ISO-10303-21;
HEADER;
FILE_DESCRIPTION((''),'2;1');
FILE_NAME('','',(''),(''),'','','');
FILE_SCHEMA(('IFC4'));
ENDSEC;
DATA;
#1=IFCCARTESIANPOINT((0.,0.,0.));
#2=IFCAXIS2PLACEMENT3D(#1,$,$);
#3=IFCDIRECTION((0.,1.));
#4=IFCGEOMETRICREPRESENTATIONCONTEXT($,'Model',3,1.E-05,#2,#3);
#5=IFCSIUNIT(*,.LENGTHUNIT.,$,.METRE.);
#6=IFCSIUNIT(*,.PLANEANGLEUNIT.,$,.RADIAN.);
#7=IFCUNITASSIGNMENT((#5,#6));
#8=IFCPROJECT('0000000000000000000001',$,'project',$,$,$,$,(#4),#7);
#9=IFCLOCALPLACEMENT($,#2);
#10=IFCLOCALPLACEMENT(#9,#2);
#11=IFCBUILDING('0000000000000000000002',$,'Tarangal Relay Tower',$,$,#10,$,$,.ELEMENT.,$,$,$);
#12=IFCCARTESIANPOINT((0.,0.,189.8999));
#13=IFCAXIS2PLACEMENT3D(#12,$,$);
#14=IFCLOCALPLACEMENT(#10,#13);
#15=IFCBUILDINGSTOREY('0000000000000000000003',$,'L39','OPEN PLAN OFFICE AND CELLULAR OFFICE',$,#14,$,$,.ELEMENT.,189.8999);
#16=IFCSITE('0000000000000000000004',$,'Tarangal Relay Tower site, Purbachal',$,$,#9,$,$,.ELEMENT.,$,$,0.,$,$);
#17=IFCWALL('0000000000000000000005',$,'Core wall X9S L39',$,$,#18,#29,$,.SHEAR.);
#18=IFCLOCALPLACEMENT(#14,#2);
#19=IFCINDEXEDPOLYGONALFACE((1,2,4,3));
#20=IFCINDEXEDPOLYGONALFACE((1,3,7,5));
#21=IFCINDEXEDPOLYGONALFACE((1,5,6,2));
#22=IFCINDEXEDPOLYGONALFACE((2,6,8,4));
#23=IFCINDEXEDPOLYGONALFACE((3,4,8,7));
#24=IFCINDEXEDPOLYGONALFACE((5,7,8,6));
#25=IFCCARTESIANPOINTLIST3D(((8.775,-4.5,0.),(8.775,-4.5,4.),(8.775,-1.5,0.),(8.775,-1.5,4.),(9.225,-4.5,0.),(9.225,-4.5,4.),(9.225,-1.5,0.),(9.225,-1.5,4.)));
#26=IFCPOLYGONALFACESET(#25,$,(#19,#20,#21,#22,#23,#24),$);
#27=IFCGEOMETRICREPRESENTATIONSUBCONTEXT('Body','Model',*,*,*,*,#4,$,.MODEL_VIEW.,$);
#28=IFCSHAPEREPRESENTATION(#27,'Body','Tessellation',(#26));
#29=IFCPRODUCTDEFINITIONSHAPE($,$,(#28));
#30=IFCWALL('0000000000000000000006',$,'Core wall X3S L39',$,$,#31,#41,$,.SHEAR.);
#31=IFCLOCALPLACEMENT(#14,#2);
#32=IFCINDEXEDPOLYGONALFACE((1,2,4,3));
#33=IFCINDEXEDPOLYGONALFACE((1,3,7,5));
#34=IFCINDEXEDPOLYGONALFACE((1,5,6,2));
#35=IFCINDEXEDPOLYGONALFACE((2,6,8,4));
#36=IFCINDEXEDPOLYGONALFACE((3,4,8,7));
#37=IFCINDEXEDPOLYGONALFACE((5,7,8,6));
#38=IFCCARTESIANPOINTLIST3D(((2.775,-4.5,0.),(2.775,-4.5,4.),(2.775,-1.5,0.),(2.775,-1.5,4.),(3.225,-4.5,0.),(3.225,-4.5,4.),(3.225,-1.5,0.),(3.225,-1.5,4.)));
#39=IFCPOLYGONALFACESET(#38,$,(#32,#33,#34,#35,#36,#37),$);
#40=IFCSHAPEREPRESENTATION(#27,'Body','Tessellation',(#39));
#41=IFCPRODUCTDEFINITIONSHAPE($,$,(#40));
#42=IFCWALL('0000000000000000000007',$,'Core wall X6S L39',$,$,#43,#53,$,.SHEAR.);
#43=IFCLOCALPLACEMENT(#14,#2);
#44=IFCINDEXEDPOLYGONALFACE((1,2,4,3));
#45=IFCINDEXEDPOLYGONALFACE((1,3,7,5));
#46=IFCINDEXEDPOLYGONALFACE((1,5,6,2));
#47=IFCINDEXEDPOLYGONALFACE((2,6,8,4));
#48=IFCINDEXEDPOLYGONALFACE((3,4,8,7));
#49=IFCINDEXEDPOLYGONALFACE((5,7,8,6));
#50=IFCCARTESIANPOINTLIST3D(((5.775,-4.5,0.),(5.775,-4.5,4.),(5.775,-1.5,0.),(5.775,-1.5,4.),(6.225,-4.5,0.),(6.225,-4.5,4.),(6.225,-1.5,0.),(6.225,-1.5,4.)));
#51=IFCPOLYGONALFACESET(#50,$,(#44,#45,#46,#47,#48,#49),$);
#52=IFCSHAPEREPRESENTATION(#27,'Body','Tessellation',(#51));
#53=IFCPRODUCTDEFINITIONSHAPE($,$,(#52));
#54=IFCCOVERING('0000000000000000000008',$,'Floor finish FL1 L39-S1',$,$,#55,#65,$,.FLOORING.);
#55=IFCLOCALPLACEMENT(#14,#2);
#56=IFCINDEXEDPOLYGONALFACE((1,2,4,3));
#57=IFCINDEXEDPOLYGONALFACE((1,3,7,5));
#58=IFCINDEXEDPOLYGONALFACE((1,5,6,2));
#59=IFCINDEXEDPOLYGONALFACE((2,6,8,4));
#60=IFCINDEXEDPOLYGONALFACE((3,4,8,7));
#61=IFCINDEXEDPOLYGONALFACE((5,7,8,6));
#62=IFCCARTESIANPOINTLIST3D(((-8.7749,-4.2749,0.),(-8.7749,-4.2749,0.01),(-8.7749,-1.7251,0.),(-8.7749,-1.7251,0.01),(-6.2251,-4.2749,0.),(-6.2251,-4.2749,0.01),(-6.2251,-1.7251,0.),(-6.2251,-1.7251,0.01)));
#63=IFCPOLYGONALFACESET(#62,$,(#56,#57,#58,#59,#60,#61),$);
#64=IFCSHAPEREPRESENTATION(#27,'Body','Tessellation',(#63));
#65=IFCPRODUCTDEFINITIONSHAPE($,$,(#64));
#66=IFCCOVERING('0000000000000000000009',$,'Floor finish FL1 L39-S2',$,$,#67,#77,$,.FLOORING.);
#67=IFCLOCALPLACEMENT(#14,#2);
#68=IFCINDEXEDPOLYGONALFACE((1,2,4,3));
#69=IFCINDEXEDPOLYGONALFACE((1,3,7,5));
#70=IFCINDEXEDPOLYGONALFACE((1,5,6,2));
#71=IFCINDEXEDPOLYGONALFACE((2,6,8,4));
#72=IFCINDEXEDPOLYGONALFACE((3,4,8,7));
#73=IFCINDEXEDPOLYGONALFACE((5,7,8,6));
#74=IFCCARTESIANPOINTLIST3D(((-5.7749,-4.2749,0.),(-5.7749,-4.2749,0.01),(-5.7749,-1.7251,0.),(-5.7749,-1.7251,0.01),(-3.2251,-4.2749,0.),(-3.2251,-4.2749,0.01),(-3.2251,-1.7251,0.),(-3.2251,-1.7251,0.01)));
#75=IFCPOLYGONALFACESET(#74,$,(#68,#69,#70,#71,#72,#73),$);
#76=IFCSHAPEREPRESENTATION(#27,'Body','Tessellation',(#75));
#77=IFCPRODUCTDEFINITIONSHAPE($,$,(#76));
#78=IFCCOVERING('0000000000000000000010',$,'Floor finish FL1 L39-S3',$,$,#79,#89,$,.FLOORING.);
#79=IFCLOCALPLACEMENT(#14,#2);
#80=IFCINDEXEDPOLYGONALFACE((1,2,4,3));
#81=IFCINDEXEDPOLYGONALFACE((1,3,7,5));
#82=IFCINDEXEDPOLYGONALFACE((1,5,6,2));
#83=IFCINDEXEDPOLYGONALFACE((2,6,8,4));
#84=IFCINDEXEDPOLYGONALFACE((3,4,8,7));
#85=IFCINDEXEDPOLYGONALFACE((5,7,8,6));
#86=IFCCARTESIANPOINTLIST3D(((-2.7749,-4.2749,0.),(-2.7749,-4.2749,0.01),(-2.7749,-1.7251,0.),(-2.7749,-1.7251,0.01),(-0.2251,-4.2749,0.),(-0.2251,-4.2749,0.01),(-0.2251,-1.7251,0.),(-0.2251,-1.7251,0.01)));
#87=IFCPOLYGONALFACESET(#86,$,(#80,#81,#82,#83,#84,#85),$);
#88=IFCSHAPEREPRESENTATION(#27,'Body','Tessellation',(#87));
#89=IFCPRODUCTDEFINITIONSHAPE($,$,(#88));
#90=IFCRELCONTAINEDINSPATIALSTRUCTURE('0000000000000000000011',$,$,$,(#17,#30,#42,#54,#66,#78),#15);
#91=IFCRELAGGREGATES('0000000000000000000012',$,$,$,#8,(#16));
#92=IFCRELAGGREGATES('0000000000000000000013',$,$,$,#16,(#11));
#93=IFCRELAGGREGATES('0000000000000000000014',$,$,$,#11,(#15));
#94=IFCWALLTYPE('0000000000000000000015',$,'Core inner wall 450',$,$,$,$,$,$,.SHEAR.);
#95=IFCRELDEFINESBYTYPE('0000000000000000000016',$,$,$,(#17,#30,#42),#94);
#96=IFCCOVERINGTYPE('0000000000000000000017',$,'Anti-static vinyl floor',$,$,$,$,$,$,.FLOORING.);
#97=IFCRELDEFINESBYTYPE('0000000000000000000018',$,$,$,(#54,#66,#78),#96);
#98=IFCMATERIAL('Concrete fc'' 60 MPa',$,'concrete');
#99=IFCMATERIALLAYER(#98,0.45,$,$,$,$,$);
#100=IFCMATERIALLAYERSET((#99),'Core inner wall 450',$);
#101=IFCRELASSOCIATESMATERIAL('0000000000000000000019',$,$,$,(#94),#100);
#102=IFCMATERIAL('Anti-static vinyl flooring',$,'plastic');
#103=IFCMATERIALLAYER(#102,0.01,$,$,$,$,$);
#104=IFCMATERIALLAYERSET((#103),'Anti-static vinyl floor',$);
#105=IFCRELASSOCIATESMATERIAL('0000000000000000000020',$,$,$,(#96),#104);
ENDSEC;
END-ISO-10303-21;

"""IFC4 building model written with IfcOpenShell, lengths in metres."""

from ifc_helpers import new_model, si_unit, direction, frame, frame_2d, origin, place, context, subcontext, project, spatial, polyline, rectangle, outline, extrude, material, layer, layer_set, type_object, element, save


model = new_model("IFC4")

# Units and contexts
model_context = context("Model", 3, precision=1e-05, world=origin(), true_north=direction((0.0, 1.0)))
body_context = subcontext(model_context, "Body", "Model", "MODEL_VIEW")
ifc_project = project(units=[si_unit("LENGTHUNIT", "METRE"), si_unit("PLANEANGLEUNIT", "RADIAN")], contexts=[model_context])

# Site, building, storey
site_placement = place(None, origin())
site = spatial("IfcSite", under=ifc_project, at=site_placement, Name="Tarangal Relay Tower site, Purbachal", CompositionType="ELEMENT", RefElevation=0.0)
building_placement = place(site_placement, origin())
building = spatial("IfcBuilding", under=site, at=building_placement, Name="Tarangal Relay Tower", CompositionType="ELEMENT")
storey_placement = place(building_placement, frame((0.0, 0.0, 189.8999)))
storey = spatial("IfcBuildingStorey", under=building, at=storey_placement, Name="L39", Description="OPEN PLAN OFFICE AND CELLULAR OFFICE", CompositionType="ELEMENT", Elevation=189.8999)

# Walls
ifc_material_1 = material(Name="Concrete fc' 60 MPa", Category="concrete")
ifc_layer_1 = layer(ifc_material_1, 0.45)
ifc_layer_set_1 = layer_set([ifc_layer_1], Name="Core inner wall 450")
wall_type_1 = type_object("IfcWallType", Name="Core inner wall 450", PredefinedType="SHEAR", material=ifc_layer_set_1)
for number, where, z_axis, x_axis, name in (
    (1, (9.0, -4.5, 0.0), (0.0, 0.0, 1.0), (0.0, 1.0, 0.0), "Core wall X9S L39"),
    (2, (3.0, -4.5, 0.0), (0.0, 0.0, 1.0), (0.0, 1.0, 0.0), "Core wall X3S L39"),
    (3, (6.0, -4.5, 0.0), (0.0, 0.0, 1.0), (0.0, 1.0, 0.0), "Core wall X6S L39"),
):
    element("IfcWall", number, at=place(storey_placement, frame(where, z_axis=z_axis, x_axis=x_axis)), inside=storey, type_object=wall_type_1, Name=name, PredefinedType="SHEAR", context=body_context, shape_type="SweptSolid", body=[
        extrude(rectangle(XDim=3.0, YDim=0.45, at=frame_2d((1.5, 0.0))), origin(), (0.0, 0.0, 1.0), 4.0),
    ])

# Coverings
ifc_material_2 = material(Name="Anti-static vinyl flooring", Category="plastic")
ifc_layer_2 = layer(ifc_material_2, 0.01)
ifc_layer_set_2 = layer_set([ifc_layer_2], Name="Anti-static vinyl floor")
covering_type_1 = type_object("IfcCoveringType", Name="Anti-static vinyl floor", PredefinedType="FLOORING", material=ifc_layer_set_2)
covering_1_placement = place(storey_placement, origin())
element("IfcCovering", 4, at=covering_1_placement, inside=storey, type_object=covering_type_1, Name="Floor finish FL1 L39-S1", PredefinedType="FLOORING", context=body_context, shape_type="SweptSolid", body=[
    extrude(outline(polyline([(-8.7749, -4.2749), (-6.2251, -4.2749), (-6.2251, -1.7251), (-8.7749, -1.7251), (-8.7749, -4.2749)])), origin(), (0.0, 0.0, 1.0), 0.01),
])
covering_2_placement = place(storey_placement, origin())
element("IfcCovering", 5, at=covering_2_placement, inside=storey, type_object=covering_type_1, Name="Floor finish FL1 L39-S2", PredefinedType="FLOORING", context=body_context, shape_type="SweptSolid", body=[
    extrude(outline(polyline([(-5.7749, -4.2749), (-3.2251, -4.2749), (-3.2251, -1.7251), (-5.7749, -1.7251), (-5.7749, -4.2749)])), origin(), (0.0, 0.0, 1.0), 0.01),
])
covering_3_placement = place(storey_placement, origin())
element("IfcCovering", 6, at=covering_3_placement, inside=storey, type_object=covering_type_1, Name="Floor finish FL1 L39-S3", PredefinedType="FLOORING", context=body_context, shape_type="SweptSolid", body=[
    extrude(outline(polyline([(-2.7749, -4.2749), (-0.2251, -4.2749), (-0.2251, -1.7251), (-2.7749, -1.7251), (-2.7749, -4.2749)])), origin(), (0.0, 0.0, 1.0), 0.01),
])

save(model, "model.ifc")
